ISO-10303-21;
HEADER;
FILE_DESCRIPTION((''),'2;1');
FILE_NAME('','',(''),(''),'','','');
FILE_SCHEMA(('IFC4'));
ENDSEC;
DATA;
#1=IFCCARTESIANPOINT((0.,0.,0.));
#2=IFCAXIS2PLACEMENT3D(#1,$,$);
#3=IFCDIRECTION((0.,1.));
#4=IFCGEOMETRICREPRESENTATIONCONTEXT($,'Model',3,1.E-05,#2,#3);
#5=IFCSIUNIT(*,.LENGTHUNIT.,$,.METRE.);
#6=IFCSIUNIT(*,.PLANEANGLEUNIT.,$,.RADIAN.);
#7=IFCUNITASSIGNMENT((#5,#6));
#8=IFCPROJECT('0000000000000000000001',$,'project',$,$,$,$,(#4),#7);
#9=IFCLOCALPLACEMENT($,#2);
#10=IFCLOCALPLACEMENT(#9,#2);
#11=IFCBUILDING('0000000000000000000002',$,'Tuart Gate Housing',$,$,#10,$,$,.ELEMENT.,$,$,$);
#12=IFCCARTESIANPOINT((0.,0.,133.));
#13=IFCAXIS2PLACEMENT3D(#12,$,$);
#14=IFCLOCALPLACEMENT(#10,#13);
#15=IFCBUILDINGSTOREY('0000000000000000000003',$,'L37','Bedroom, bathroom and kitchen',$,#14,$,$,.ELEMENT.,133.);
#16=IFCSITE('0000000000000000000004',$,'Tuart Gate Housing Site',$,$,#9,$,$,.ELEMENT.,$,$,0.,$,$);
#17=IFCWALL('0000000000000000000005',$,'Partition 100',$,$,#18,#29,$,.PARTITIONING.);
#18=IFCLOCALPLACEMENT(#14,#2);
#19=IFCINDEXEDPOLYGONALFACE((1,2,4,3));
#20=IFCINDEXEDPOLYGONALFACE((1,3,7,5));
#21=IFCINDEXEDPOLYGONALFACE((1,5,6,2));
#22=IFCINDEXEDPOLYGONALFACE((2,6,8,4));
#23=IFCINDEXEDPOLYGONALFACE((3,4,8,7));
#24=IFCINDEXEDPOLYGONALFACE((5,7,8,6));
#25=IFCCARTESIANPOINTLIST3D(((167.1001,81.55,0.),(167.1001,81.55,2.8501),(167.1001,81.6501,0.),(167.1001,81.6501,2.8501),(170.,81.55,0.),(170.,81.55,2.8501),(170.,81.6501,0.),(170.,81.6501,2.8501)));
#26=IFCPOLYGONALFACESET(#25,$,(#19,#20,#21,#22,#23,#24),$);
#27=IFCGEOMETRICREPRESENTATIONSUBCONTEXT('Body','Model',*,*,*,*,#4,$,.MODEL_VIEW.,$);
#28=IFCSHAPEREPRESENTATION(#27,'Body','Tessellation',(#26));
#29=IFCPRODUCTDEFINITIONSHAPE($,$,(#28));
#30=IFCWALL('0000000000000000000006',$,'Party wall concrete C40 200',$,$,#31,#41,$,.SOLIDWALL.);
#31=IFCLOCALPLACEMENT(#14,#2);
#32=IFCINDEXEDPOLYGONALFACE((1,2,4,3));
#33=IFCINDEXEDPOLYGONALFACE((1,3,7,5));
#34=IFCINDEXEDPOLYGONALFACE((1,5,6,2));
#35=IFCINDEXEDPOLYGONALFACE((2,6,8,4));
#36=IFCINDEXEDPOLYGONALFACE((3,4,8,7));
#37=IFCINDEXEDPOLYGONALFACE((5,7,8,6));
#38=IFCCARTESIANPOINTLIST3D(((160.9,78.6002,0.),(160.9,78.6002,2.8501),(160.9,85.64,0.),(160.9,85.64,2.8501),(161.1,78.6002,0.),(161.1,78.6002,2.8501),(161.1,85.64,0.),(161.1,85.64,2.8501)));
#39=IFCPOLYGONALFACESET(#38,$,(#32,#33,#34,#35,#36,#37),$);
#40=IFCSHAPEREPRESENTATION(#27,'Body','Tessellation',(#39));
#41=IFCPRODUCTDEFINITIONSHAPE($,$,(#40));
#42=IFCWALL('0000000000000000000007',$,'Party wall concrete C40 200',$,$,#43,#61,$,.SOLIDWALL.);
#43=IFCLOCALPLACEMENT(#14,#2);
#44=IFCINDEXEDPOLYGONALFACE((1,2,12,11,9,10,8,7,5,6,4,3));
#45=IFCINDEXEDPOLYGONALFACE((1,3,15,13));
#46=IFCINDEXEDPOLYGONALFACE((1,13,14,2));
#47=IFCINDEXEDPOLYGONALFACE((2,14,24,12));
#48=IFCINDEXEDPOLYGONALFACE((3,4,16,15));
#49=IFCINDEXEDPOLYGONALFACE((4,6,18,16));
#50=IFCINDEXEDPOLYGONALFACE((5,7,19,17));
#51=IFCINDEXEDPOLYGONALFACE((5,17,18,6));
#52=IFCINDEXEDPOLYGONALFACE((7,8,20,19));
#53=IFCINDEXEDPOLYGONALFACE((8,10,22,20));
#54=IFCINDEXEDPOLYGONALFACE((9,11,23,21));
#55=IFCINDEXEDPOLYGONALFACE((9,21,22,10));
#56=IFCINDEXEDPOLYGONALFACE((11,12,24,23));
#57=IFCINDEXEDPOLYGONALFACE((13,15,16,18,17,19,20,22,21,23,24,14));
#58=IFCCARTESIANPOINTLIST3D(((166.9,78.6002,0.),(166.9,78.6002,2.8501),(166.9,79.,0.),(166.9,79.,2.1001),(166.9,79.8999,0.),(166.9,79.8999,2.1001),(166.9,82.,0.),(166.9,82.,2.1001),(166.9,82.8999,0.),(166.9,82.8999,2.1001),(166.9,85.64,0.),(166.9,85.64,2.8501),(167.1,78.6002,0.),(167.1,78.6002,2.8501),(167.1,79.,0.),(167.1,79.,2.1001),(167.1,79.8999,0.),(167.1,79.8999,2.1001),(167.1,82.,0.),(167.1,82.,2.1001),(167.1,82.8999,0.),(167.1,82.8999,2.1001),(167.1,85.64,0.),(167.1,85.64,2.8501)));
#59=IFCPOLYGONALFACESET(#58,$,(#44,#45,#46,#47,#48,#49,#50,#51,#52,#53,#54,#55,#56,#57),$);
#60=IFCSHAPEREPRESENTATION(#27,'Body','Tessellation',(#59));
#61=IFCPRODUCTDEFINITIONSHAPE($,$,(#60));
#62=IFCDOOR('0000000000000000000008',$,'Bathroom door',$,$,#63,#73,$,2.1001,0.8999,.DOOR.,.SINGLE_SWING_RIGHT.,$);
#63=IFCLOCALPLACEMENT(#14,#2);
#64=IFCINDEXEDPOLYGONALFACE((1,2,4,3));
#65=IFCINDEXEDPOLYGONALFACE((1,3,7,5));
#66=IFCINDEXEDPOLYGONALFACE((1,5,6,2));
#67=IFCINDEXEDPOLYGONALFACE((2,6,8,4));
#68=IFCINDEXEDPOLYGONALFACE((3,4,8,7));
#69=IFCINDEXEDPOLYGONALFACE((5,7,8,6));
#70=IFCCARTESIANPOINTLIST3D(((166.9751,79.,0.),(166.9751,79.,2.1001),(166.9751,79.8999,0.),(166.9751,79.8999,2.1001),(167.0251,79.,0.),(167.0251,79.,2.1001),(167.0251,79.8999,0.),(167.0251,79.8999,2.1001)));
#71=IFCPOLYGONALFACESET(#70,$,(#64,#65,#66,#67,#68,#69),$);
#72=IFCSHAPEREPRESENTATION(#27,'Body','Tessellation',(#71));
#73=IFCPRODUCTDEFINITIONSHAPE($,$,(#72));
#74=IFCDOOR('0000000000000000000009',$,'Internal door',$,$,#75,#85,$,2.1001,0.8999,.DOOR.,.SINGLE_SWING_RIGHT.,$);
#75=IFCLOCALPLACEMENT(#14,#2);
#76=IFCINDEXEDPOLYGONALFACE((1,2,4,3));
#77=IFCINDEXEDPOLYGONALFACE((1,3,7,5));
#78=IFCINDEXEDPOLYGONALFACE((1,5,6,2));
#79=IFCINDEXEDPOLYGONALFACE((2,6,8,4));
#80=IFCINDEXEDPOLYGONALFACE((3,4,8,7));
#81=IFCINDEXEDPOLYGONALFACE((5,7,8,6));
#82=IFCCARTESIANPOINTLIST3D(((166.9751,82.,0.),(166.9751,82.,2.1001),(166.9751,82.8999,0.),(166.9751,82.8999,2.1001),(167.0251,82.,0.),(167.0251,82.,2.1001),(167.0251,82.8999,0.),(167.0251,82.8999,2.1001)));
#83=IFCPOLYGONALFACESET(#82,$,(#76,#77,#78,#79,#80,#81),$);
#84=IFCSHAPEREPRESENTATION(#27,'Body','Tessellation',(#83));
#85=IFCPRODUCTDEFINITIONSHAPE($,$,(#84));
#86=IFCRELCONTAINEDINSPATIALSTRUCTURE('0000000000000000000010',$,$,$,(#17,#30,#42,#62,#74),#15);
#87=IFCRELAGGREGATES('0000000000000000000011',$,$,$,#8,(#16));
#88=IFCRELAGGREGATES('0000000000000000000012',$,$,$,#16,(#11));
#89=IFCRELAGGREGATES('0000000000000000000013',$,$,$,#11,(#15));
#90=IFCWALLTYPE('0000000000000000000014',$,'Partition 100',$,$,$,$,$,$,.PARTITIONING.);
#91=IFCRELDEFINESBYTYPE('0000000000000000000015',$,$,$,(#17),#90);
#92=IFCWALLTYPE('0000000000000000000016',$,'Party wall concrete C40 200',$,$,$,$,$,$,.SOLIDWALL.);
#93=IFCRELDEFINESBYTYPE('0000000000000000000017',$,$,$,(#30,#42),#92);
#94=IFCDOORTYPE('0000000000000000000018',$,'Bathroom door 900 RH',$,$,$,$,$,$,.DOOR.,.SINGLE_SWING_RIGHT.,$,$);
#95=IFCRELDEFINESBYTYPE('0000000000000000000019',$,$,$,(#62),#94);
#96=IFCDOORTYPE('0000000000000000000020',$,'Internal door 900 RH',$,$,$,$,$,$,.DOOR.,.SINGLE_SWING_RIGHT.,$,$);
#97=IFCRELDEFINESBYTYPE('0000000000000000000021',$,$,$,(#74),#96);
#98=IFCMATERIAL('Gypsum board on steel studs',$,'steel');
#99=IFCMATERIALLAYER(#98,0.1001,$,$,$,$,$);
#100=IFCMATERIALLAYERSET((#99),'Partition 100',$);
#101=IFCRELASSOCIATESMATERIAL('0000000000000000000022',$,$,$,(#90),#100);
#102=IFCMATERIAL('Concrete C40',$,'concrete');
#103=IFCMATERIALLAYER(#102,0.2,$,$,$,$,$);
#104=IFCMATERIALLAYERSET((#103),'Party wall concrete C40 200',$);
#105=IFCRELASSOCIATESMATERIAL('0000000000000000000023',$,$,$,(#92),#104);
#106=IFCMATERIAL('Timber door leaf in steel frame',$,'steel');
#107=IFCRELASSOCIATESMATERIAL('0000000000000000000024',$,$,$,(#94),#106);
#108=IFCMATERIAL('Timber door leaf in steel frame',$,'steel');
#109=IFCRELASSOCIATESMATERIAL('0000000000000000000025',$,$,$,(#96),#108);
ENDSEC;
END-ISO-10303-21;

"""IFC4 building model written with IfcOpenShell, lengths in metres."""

from ifc_helpers import new_model, si_unit, direction, frame, frame_2d, origin, place, context, subcontext, project, spatial, rectangle, extrude, material, layer, layer_set, type_object, element, fill, save


model = new_model("IFC4")

# Units and contexts
model_context = context("Model", 3, precision=1e-05, world=origin(), true_north=direction((0.0, 1.0)))
body_context = subcontext(model_context, "Body", "Model", "MODEL_VIEW")
ifc_project = project(units=[si_unit("LENGTHUNIT", "METRE"), si_unit("PLANEANGLEUNIT", "RADIAN")], contexts=[model_context])

# Site, building, storey
site_placement = place(None, origin())
site = spatial("IfcSite", under=ifc_project, at=site_placement, Name="Tuart Gate Housing Site", CompositionType="ELEMENT", RefElevation=0.0)
building_placement = place(site_placement, origin())
building = spatial("IfcBuilding", under=site, at=building_placement, Name="Tuart Gate Housing", CompositionType="ELEMENT")
storey_placement = place(building_placement, frame((0.0, 0.0, 133.0)))
storey = spatial("IfcBuildingStorey", under=building, at=storey_placement, Name="L37", Description="Bedroom, bathroom and kitchen", CompositionType="ELEMENT", Elevation=133.0)

# Walls
ifc_material_1 = material(Name="Gypsum board on steel studs", Category="steel")
ifc_layer_1 = layer(ifc_material_1, 0.1001)
ifc_layer_set_1 = layer_set([ifc_layer_1], Name="Partition 100")
wall_type_1 = type_object("IfcWallType", Name="Partition 100", PredefinedType="PARTITIONING", material=ifc_layer_set_1)
wall_1_placement = place(storey_placement, frame((167.1001, 81.6001, 0.0), z_axis=(0.0, 0.0, 1.0), x_axis=(1.0, 0.0, 0.0)))
element("IfcWall", 1, at=wall_1_placement, inside=storey, type_object=wall_type_1, Name="Partition 100", PredefinedType="PARTITIONING", context=body_context, shape_type="SweptSolid", body=[
    extrude(rectangle(XDim=2.8999, YDim=0.1001, at=frame_2d((1.45, 0.0))), origin(), (0.0, 0.0, 1.0), 2.8501),
])
ifc_material_2 = material(Name="Concrete C40", Category="concrete")
ifc_layer_2 = layer(ifc_material_2, 0.2)
ifc_layer_set_2 = layer_set([ifc_layer_2], Name="Party wall concrete C40 200")
wall_type_2 = type_object("IfcWallType", Name="Party wall concrete C40 200", PredefinedType="SOLIDWALL", material=ifc_layer_set_2)
wall_2_placement = place(storey_placement, frame((161.0, 78.6001, 0.0), z_axis=(0.0, 0.0, 1.0), x_axis=(0.0, 1.0, 0.0)))
element("IfcWall", 2, at=wall_2_placement, inside=storey, type_object=wall_type_2, Name="Party wall concrete C40 200", PredefinedType="SOLIDWALL", context=body_context, shape_type="SweptSolid", body=[
    extrude(rectangle(XDim=7.0398, YDim=0.2, at=frame_2d((3.52, 0.0))), origin(), (0.0, 0.0, 1.0), 2.8501),
])

# Wall, openings, doors
wall_3_placement = place(storey_placement, frame((167.0, 78.6001, 0.0), z_axis=(0.0, 0.0, 1.0), x_axis=(0.0, 1.0, 0.0)))
wall_3 = element("IfcWall", 3, at=wall_3_placement, inside=storey, type_object=wall_type_2, Name="Party wall concrete C40 200", PredefinedType="SOLIDWALL", context=body_context, shape_type="SweptSolid", body=[
    extrude(rectangle(XDim=7.0398, YDim=0.2, at=frame_2d((3.52, 0.0))), origin(), (0.0, 0.0, 1.0), 2.8501),
])
opening_1_placement = place(wall_3_placement, frame((3.3999, 0.0, 0.0)))
opening_1 = element("IfcOpeningElement", 4, at=opening_1_placement, cuts=wall_3, PredefinedType="OPENING", context=body_context, shape_type="SweptSolid", body=[
    extrude(rectangle(XDim=0.8999, YDim=2.1001, at=frame_2d((0.45, 1.05))), frame((0.0, 0.1099, 0.0), z_axis=(0.0, -1.0, 0.0), x_axis=(1.0, 0.0, 0.0)), (0.0, 0.0, 1.0), 0.22),
])
opening_2_placement = place(wall_3_placement, frame((0.3999, 0.0, 0.0)))
opening_2 = element("IfcOpeningElement", 5, at=opening_2_placement, cuts=wall_3, PredefinedType="OPENING", context=body_context, shape_type="SweptSolid", body=[
    extrude(rectangle(XDim=0.8999, YDim=2.1001, at=frame_2d((0.45, 1.05))), frame((0.0, 0.1099, 0.0), z_axis=(0.0, -1.0, 0.0), x_axis=(1.0, 0.0, 0.0)), (0.0, 0.0, 1.0), 0.22),
])
ifc_material_3 = material(Name="Timber door leaf in steel frame", Category="steel")
door_type_1 = type_object("IfcDoorType", Name="Bathroom door 900 RH", OperationType="SINGLE_SWING_RIGHT", PredefinedType="DOOR", material=ifc_material_3)
door_1_placement = place(opening_2_placement, frame((0.8999, 0.0, 0.0), z_axis=(0.0, 0.0, 1.0), x_axis=(-1.0, 0.0, 0.0)))
door_1 = element("IfcDoor", 6, at=door_1_placement, inside=storey, type_object=door_type_1, Name="Bathroom door", OperationType="SINGLE_SWING_RIGHT", OverallHeight=2.1001, OverallWidth=0.8999, PredefinedType="DOOR", context=body_context, shape_type="SweptSolid", body=[
    extrude(rectangle(XDim=0.8999, YDim=2.1001, at=frame_2d((0.45, 1.05))), frame((0.0, 0.0251, 0.0), z_axis=(0.0, -1.0, 0.0), x_axis=(1.0, 0.0, 0.0)), (0.0, 0.0, 1.0), 0.05),
])
fill(opening_2, door_1)
ifc_material_4 = material(Name="Timber door leaf in steel frame", Category="steel")
door_type_2 = type_object("IfcDoorType", Name="Internal door 900 RH", OperationType="SINGLE_SWING_RIGHT", PredefinedType="DOOR", material=ifc_material_4)
door_2_placement = place(opening_1_placement, frame((0.8999, 0.0, 0.0), z_axis=(0.0, 0.0, 1.0), x_axis=(-1.0, 0.0, 0.0)))
door_2 = element("IfcDoor", 7, at=door_2_placement, inside=storey, type_object=door_type_2, Name="Internal door", OperationType="SINGLE_SWING_RIGHT", OverallHeight=2.1001, OverallWidth=0.8999, PredefinedType="DOOR", context=body_context, shape_type="SweptSolid", body=[
    extrude(rectangle(XDim=0.8999, YDim=2.1001, at=frame_2d((0.45, 1.05))), frame((0.0, 0.0251, 0.0), z_axis=(0.0, -1.0, 0.0), x_axis=(1.0, 0.0, 0.0)), (0.0, 0.0, 1.0), 0.05),
])
fill(opening_1, door_2)

save(model, "model.ifc")
